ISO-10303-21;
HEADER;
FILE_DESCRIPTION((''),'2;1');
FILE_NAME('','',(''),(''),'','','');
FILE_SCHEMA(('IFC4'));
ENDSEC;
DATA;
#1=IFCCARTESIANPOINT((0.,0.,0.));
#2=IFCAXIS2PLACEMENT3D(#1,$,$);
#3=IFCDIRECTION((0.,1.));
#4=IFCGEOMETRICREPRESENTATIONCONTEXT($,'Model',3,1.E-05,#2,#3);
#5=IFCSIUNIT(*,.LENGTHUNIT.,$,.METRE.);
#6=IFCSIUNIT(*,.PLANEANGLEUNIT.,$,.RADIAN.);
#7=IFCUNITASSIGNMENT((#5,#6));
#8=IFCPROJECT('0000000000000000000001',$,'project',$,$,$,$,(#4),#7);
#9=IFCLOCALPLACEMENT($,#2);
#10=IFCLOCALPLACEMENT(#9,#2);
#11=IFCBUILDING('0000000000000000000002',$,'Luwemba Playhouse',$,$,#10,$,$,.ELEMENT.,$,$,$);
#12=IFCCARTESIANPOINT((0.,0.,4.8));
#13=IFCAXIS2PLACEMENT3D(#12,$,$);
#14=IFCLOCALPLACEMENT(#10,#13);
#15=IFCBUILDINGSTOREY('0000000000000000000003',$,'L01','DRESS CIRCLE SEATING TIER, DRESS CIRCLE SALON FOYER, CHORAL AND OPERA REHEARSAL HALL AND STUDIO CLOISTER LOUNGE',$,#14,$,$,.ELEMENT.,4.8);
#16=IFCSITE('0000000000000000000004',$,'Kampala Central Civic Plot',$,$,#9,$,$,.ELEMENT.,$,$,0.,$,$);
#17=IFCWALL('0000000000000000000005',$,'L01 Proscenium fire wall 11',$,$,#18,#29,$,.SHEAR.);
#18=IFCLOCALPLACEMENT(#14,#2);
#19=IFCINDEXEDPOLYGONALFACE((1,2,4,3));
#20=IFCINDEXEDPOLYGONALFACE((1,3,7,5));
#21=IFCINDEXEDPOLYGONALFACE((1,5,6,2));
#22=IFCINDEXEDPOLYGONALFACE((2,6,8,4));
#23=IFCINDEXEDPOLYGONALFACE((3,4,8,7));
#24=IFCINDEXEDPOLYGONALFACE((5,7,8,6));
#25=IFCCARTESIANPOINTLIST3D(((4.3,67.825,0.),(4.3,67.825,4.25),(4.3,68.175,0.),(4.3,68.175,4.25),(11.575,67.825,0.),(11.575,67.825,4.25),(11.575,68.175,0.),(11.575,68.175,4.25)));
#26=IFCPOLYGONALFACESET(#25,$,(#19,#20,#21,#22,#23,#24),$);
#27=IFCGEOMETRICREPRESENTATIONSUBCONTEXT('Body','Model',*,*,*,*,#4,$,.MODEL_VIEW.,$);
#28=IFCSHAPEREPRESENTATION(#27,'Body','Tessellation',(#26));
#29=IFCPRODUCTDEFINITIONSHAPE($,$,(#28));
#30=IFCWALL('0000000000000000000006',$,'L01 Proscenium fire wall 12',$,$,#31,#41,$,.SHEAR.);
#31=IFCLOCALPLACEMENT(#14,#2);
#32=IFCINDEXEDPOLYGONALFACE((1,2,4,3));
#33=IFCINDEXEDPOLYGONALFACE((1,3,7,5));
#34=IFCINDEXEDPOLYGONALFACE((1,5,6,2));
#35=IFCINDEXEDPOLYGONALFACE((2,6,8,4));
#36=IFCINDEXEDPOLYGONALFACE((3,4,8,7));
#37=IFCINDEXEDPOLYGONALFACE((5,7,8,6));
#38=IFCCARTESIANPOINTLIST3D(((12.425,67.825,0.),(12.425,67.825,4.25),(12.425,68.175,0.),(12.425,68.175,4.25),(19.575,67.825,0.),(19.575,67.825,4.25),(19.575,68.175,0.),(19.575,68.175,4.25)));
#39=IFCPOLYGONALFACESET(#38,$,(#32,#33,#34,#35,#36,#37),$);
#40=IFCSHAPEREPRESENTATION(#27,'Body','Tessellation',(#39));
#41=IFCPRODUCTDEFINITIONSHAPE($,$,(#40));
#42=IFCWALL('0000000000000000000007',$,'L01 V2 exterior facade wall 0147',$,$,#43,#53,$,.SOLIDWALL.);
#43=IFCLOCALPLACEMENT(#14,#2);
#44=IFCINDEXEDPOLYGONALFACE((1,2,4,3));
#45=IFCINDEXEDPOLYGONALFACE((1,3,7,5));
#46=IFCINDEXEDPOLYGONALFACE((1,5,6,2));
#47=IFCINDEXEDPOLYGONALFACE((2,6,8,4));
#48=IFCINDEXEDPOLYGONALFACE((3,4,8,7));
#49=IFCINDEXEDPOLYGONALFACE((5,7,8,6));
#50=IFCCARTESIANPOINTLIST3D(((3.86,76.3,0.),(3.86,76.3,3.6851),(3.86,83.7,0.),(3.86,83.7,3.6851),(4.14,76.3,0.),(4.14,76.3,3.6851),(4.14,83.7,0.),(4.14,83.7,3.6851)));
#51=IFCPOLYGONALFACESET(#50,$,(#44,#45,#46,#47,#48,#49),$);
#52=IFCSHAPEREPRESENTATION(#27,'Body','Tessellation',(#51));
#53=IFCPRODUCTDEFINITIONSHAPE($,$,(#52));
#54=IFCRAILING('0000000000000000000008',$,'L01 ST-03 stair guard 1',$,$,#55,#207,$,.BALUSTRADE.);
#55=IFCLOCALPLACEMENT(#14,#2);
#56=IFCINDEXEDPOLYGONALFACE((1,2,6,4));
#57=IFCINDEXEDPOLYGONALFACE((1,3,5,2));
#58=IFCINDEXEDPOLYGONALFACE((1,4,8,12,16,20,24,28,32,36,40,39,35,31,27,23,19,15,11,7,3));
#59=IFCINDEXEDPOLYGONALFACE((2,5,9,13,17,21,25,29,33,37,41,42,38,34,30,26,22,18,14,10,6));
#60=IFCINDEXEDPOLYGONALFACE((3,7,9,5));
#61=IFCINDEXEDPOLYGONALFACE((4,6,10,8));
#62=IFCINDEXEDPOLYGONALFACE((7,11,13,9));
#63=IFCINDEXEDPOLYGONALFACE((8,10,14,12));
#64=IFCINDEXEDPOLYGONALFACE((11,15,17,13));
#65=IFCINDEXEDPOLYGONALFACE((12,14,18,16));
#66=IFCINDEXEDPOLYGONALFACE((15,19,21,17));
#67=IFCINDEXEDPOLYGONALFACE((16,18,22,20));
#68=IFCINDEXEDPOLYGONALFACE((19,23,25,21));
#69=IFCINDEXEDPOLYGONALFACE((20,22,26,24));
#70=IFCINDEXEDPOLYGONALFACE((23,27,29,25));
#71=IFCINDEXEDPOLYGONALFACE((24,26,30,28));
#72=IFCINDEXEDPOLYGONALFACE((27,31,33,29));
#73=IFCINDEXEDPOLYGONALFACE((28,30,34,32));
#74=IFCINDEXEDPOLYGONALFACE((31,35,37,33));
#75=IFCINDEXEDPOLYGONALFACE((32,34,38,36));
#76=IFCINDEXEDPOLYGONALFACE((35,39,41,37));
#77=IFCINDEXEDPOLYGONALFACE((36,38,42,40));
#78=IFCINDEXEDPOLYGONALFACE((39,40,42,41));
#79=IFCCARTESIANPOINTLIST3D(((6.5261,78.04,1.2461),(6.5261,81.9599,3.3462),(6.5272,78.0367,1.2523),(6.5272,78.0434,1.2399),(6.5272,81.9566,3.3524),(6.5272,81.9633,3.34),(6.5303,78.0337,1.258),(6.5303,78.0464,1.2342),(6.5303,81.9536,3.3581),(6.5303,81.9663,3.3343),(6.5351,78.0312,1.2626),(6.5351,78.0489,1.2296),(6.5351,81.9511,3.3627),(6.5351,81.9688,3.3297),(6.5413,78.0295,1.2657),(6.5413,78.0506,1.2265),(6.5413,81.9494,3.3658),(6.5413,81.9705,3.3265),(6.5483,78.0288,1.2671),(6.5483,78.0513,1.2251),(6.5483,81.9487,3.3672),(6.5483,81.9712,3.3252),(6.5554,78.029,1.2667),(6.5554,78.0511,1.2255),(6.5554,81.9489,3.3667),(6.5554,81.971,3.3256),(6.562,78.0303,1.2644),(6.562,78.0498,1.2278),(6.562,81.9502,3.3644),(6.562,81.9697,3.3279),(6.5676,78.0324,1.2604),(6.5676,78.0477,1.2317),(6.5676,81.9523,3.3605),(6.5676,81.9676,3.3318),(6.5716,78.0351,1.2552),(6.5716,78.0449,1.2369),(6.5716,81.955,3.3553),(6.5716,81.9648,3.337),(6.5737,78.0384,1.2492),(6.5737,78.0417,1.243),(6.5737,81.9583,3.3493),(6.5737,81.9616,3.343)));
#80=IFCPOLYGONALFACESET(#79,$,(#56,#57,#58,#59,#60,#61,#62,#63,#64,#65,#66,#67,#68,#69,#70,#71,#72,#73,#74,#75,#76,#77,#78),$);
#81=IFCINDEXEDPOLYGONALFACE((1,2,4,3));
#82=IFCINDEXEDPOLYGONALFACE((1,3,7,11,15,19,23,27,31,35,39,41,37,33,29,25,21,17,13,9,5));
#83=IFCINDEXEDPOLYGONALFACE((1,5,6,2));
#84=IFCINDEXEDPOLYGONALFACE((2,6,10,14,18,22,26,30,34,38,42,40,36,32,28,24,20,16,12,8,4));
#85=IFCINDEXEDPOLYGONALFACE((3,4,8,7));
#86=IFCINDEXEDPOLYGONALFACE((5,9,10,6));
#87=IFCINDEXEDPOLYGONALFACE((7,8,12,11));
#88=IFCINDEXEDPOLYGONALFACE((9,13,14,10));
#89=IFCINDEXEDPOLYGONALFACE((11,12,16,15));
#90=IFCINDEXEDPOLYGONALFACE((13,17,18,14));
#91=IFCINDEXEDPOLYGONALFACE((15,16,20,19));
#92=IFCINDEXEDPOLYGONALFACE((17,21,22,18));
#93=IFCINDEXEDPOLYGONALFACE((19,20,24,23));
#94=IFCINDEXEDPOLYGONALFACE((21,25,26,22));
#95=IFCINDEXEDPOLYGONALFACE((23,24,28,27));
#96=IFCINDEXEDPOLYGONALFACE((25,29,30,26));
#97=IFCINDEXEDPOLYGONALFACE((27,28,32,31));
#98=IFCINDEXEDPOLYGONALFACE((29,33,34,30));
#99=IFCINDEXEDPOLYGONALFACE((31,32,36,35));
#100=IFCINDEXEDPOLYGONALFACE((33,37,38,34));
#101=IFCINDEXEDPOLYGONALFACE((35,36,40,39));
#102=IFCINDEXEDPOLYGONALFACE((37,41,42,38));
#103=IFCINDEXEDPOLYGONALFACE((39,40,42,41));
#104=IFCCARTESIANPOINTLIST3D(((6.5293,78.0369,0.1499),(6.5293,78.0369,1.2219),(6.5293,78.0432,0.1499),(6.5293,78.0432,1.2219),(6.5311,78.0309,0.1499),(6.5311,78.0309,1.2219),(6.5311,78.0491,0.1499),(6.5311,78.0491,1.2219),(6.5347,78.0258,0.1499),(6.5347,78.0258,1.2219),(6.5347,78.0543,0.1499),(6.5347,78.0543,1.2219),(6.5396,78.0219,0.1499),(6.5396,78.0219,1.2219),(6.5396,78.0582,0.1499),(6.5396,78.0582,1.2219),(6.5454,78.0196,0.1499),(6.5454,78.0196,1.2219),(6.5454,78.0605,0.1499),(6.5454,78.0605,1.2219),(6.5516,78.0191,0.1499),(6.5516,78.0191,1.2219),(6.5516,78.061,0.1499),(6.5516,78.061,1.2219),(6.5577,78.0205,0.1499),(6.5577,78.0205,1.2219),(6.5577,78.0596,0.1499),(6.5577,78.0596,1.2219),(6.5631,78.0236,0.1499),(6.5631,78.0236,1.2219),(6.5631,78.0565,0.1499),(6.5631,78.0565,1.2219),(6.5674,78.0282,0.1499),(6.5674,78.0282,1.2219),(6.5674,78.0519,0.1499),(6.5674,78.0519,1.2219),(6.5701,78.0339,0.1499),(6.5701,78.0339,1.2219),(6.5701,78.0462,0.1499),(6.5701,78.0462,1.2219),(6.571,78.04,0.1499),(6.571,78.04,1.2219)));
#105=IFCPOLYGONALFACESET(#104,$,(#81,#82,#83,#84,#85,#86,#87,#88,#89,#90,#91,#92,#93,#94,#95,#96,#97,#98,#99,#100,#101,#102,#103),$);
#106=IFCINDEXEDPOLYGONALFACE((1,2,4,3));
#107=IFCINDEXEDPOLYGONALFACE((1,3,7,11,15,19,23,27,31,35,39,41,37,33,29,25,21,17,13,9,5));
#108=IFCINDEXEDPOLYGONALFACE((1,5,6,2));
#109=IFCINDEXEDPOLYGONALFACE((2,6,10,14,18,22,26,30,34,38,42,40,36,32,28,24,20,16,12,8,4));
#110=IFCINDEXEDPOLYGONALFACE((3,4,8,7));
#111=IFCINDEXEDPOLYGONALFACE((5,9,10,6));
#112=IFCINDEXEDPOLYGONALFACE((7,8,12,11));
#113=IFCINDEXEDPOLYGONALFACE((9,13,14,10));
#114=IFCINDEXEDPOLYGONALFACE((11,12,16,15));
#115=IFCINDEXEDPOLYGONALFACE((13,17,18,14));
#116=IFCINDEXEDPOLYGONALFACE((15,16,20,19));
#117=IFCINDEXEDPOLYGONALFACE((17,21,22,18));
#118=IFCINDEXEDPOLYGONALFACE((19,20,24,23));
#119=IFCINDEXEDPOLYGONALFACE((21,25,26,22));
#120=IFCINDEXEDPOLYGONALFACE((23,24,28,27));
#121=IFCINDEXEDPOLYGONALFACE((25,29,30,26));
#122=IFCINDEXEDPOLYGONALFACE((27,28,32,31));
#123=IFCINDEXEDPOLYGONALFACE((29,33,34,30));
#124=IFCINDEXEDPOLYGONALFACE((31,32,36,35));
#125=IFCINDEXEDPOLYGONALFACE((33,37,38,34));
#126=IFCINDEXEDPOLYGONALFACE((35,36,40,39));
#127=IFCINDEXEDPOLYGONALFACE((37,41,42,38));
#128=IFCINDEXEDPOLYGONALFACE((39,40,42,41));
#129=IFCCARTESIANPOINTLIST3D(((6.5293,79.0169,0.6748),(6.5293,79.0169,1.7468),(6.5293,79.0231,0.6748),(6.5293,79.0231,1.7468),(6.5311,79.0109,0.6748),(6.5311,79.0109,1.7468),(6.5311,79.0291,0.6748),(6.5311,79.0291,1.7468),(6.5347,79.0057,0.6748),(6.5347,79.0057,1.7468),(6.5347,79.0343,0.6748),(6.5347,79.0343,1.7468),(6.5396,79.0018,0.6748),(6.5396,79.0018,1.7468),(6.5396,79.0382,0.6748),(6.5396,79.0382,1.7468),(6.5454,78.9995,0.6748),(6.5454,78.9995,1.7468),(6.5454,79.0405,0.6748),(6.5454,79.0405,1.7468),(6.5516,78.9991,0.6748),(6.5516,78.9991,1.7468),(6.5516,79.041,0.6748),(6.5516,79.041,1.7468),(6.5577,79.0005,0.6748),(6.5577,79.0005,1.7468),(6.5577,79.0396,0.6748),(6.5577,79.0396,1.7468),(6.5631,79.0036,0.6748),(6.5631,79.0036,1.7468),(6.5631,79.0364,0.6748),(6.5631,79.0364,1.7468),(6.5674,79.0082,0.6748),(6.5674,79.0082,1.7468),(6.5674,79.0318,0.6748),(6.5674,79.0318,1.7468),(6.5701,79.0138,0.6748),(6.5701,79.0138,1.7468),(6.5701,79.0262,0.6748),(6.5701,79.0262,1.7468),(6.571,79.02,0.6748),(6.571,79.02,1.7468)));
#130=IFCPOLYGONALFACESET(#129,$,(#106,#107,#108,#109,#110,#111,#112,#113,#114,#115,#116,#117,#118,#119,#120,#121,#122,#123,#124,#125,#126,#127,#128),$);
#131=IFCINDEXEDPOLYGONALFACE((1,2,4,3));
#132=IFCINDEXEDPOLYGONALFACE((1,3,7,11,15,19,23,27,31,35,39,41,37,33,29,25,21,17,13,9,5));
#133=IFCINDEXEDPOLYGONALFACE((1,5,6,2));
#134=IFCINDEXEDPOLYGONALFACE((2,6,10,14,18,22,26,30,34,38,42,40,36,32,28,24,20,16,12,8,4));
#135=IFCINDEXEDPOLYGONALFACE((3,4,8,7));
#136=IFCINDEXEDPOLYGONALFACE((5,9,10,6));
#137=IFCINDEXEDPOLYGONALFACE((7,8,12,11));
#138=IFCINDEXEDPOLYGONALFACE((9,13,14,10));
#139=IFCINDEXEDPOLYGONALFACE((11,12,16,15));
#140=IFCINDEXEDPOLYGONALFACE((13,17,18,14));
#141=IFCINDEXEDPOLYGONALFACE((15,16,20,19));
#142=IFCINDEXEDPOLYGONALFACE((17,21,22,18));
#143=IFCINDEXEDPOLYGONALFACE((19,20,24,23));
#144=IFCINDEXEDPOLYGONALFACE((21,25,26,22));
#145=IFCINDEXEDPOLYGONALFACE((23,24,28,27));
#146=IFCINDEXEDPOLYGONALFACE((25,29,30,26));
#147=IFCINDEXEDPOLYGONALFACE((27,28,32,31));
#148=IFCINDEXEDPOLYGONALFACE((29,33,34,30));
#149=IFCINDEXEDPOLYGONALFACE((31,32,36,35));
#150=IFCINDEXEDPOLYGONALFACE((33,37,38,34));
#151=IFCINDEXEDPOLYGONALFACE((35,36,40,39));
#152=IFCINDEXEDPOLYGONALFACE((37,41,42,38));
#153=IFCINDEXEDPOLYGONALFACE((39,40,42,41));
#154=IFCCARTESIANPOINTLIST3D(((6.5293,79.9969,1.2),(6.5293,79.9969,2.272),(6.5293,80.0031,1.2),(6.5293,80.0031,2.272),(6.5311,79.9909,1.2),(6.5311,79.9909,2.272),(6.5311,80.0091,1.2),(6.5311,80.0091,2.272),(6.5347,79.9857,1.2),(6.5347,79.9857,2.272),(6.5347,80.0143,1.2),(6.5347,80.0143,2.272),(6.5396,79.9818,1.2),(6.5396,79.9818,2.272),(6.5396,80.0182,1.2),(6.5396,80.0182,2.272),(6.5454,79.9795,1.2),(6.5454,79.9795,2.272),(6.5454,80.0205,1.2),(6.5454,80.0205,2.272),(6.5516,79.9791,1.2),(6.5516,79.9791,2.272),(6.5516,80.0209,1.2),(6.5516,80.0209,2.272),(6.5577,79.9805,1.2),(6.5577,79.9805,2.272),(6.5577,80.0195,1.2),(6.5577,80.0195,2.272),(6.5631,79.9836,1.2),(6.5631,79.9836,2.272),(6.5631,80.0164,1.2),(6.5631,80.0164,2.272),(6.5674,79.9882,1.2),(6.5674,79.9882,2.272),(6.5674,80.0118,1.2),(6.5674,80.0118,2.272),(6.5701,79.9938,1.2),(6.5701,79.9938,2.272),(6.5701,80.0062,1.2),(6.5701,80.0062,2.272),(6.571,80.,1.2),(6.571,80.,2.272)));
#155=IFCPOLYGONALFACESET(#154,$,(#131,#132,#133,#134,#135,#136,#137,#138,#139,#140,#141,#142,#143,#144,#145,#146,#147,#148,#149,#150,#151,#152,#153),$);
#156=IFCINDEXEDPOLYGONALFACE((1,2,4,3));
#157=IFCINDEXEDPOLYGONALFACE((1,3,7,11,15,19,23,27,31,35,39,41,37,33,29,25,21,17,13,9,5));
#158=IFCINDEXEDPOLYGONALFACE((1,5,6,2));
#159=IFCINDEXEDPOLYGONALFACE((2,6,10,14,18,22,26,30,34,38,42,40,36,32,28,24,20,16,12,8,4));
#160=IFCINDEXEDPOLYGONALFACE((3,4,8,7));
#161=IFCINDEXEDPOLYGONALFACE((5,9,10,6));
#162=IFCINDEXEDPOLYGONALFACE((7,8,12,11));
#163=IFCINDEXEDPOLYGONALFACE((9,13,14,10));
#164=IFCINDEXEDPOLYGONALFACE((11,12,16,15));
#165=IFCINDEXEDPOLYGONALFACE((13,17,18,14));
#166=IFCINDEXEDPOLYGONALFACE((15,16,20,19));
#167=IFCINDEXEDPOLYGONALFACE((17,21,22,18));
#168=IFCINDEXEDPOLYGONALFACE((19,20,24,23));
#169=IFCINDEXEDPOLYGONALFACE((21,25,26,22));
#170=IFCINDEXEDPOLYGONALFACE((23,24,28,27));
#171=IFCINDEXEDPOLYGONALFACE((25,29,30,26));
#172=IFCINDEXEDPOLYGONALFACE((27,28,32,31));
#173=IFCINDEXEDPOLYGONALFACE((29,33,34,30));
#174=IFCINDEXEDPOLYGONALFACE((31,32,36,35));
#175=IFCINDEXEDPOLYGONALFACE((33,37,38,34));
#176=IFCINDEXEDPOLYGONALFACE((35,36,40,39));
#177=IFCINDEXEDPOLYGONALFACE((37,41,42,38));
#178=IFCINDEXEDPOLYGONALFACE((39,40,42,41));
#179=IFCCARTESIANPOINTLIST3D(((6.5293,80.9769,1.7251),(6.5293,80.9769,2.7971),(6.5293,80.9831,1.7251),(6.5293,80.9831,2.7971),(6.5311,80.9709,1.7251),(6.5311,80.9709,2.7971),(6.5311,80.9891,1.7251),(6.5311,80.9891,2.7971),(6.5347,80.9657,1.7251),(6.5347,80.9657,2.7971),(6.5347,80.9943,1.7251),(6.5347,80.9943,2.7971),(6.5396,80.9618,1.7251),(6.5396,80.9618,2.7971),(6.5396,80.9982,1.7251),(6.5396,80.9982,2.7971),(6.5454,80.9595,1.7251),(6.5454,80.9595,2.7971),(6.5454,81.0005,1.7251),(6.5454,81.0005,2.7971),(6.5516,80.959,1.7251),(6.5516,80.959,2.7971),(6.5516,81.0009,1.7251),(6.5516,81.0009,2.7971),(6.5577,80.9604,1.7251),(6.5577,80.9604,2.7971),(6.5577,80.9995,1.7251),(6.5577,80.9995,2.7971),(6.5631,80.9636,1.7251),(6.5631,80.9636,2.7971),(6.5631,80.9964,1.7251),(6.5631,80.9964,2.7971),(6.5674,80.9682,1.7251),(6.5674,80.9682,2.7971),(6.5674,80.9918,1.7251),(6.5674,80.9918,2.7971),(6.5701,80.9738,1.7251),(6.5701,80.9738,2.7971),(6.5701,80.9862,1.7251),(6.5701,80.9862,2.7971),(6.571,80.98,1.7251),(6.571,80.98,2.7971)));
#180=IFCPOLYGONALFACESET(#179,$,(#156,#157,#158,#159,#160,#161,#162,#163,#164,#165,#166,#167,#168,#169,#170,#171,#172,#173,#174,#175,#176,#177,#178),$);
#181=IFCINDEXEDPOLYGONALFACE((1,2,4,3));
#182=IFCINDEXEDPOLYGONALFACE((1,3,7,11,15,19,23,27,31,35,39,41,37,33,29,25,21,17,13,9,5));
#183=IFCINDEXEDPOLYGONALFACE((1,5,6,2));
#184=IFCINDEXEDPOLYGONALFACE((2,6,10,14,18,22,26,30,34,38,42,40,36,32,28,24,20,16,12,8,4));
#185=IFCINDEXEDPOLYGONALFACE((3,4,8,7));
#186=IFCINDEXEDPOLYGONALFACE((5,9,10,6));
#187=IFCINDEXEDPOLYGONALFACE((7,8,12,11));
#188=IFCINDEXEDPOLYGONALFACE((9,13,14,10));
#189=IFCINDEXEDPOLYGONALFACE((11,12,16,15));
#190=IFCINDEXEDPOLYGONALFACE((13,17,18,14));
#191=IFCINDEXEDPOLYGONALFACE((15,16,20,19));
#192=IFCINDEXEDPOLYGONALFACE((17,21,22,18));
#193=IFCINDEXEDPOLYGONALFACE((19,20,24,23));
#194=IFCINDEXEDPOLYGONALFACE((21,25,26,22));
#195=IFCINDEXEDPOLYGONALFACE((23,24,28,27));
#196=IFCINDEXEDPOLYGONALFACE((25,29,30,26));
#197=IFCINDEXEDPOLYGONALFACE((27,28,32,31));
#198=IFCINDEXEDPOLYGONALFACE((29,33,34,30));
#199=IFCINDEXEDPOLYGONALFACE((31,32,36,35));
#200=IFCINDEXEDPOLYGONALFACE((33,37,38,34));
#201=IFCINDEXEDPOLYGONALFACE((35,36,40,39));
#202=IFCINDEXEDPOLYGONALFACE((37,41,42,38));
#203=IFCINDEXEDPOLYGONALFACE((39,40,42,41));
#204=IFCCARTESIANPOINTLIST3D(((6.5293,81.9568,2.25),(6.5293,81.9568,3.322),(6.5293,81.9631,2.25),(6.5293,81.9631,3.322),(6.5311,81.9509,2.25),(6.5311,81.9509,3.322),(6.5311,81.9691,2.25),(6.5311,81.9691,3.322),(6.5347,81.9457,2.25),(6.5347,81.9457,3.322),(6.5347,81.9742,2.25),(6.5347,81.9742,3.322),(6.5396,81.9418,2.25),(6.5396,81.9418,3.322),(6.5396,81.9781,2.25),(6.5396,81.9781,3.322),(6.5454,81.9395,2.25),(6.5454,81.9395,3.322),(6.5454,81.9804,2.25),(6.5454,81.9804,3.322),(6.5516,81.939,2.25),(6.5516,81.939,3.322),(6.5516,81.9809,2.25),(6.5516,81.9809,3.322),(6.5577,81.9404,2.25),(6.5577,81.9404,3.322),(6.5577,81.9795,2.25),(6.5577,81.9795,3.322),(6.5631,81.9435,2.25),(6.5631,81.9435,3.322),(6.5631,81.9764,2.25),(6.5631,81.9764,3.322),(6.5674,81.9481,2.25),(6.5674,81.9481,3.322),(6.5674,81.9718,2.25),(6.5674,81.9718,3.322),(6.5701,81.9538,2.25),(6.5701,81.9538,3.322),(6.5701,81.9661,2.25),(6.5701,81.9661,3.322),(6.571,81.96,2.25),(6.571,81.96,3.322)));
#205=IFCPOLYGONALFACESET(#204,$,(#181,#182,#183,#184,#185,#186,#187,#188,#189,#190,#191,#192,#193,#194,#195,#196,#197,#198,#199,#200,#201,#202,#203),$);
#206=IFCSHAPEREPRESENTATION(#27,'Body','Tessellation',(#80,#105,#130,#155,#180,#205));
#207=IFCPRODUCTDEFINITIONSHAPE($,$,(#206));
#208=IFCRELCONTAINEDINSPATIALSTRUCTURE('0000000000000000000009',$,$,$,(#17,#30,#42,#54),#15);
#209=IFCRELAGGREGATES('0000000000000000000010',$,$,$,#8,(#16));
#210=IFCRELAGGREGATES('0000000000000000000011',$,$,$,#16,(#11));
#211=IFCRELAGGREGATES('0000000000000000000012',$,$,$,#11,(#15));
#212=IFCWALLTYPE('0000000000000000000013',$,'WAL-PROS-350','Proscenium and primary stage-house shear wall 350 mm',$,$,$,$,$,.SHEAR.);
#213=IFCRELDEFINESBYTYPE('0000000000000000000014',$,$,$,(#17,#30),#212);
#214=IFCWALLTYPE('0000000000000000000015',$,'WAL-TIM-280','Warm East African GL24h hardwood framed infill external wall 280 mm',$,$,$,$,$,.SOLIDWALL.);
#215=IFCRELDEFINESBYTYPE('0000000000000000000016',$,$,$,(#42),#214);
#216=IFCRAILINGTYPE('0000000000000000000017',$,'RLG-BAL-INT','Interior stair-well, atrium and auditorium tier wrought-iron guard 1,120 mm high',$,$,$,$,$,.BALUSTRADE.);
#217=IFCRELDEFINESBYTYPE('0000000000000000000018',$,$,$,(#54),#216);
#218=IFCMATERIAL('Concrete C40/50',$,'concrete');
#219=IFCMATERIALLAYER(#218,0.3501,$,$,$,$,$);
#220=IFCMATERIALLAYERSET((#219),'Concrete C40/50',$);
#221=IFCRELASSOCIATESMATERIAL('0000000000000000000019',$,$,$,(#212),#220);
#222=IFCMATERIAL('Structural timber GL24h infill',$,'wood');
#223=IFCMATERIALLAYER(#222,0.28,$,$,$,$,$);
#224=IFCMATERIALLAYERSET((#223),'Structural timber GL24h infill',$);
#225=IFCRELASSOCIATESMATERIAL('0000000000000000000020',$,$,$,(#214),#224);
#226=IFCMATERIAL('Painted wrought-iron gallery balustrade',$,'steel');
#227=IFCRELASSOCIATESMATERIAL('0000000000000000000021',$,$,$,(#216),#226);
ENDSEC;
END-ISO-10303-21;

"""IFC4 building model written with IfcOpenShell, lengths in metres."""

from ifc_helpers import new_model, si_unit, direction, frame, frame_2d, origin, origin_2d, place, context, subcontext, project, spatial, rectangle, circle, extrude, material, layer, layer_set, type_object, element, save


model = new_model("IFC4")

# Units and contexts
model_context = context("Model", 3, precision=1e-05, world=origin(), true_north=direction((0.0, 1.0)))
body_context = subcontext(model_context, "Body", "Model", "MODEL_VIEW")
ifc_project = project(units=[si_unit("LENGTHUNIT", "METRE"), si_unit("PLANEANGLEUNIT", "RADIAN")], contexts=[model_context])

# Site, building, storey
site_placement = place(None, origin())
site = spatial("IfcSite", under=ifc_project, at=site_placement, Name="Kampala Central Civic Plot", CompositionType="ELEMENT", RefElevation=0.0)
building_placement = place(site_placement, origin())
building = spatial("IfcBuilding", under=site, at=building_placement, Name="Luwemba Playhouse", CompositionType="ELEMENT")
storey_placement = place(building_placement, frame((0.0, 0.0, 4.8)))
storey = spatial("IfcBuildingStorey", under=building, at=storey_placement, Name="L01", Description="DRESS CIRCLE SEATING TIER, DRESS CIRCLE SALON FOYER, CHORAL AND OPERA REHEARSAL HALL AND STUDIO CLOISTER LOUNGE", CompositionType="ELEMENT", Elevation=4.8)

# Shared definitions
ifc_material_1 = material(Name="Concrete C40/50", Category="concrete")

# Walls
ifc_layer_1 = layer(ifc_material_1, 0.3501)
ifc_layer_set_1 = layer_set([ifc_layer_1], Name="Concrete C40/50")
wall_type_1 = type_object("IfcWallType", Name="WAL-PROS-350", Description="Proscenium and primary stage-house shear wall 350 mm", PredefinedType="SHEAR", material=ifc_layer_set_1)
wall_1_placement = place(storey_placement, frame((4.3, 68.0, 0.0), z_axis=(0.0, 0.0, 1.0), x_axis=(1.0, 0.0, 0.0)))
element("IfcWall", 1, at=wall_1_placement, inside=storey, type_object=wall_type_1, Name="L01 Proscenium fire wall 11", PredefinedType="SHEAR", context=body_context, shape_type="SweptSolid", body=[
    extrude(rectangle(XDim=7.2749, YDim=0.3501, at=frame_2d((3.6375, 0.0))), origin(), (0.0, 0.0, 1.0), 4.25),
])
wall_2_placement = place(storey_placement, frame((12.425, 68.0, 0.0), z_axis=(0.0, 0.0, 1.0), x_axis=(1.0, 0.0, 0.0)))
element("IfcWall", 2, at=wall_2_placement, inside=storey, type_object=wall_type_1, Name="L01 Proscenium fire wall 12", PredefinedType="SHEAR", context=body_context, shape_type="SweptSolid", body=[
    extrude(rectangle(XDim=7.1499, YDim=0.3501, at=frame_2d((3.575, 0.0))), origin(), (0.0, 0.0, 1.0), 4.25),
])
ifc_material_2 = material(Name="Structural timber GL24h infill", Category="wood")
ifc_layer_2 = layer(ifc_material_2, 0.28)
ifc_layer_set_2 = layer_set([ifc_layer_2], Name="Structural timber GL24h infill")
wall_type_2 = type_object("IfcWallType", Name="WAL-TIM-280", Description="Warm East African GL24h hardwood framed infill external wall 280 mm", PredefinedType="SOLIDWALL", material=ifc_layer_set_2)
wall_3_placement = place(storey_placement, frame((4.0, 76.3, 0.0), z_axis=(0.0, 0.0, 1.0), x_axis=(0.0, 1.0, 0.0)))
element("IfcWall", 3, at=wall_3_placement, inside=storey, type_object=wall_type_2, Name="L01 V2 exterior facade wall 0147", PredefinedType="SOLIDWALL", context=body_context, shape_type="SweptSolid", body=[
    extrude(rectangle(XDim=7.3999, YDim=0.28, at=frame_2d((3.7, 0.0))), origin(), (0.0, 0.0, 1.0), 3.6851),
])

# Railing
ifc_material_3 = material(Name="Painted wrought-iron gallery balustrade", Category="steel")
railing_type = type_object("IfcRailingType", Name="RLG-BAL-INT", Description="Interior stair-well, atrium and auditorium tier wrought-iron guard 1,120 mm high", PredefinedType="BALUSTRADE", material=ifc_material_3)
railing_1_placement = place(storey_placement, frame((6.55, 78.04, 0.1499)))
element("IfcRailing", 4, at=railing_1_placement, inside=storey, type_object=railing_type, Name="L01 ST-03 stair guard 1", PredefinedType="BALUSTRADE", context=body_context, shape_type="SweptSolid", body=[
    extrude(circle(Radius=0.0239, at=origin_2d()), frame((0.0, 0.0, 1.0962), z_axis=(0.0, 0.881467, 0.472246), x_axis=(-1.0, 0.0, 0.0)), (0.0, 0.0, 1.0), 4.447),
    extrude(circle(Radius=0.021, at=origin_2d()), origin(), (0.0, 0.0, 1.0), 1.072),
    extrude(circle(Radius=0.021, at=origin_2d()), frame((0.0, 0.98, 0.5249)), (0.0, 0.0, 1.0), 1.072),
    extrude(circle(Radius=0.021, at=origin_2d()), frame((0.0, 1.96, 1.05)), (0.0, 0.0, 1.0), 1.072),
    extrude(circle(Radius=0.021, at=origin_2d()), frame((0.0, 2.9399, 1.5752)), (0.0, 0.0, 1.0), 1.072),
    extrude(circle(Radius=0.021, at=origin_2d()), frame((0.0, 3.9199, 2.1001)), (0.0, 0.0, 1.0), 1.072),
])

save(model, "model.ifc")
